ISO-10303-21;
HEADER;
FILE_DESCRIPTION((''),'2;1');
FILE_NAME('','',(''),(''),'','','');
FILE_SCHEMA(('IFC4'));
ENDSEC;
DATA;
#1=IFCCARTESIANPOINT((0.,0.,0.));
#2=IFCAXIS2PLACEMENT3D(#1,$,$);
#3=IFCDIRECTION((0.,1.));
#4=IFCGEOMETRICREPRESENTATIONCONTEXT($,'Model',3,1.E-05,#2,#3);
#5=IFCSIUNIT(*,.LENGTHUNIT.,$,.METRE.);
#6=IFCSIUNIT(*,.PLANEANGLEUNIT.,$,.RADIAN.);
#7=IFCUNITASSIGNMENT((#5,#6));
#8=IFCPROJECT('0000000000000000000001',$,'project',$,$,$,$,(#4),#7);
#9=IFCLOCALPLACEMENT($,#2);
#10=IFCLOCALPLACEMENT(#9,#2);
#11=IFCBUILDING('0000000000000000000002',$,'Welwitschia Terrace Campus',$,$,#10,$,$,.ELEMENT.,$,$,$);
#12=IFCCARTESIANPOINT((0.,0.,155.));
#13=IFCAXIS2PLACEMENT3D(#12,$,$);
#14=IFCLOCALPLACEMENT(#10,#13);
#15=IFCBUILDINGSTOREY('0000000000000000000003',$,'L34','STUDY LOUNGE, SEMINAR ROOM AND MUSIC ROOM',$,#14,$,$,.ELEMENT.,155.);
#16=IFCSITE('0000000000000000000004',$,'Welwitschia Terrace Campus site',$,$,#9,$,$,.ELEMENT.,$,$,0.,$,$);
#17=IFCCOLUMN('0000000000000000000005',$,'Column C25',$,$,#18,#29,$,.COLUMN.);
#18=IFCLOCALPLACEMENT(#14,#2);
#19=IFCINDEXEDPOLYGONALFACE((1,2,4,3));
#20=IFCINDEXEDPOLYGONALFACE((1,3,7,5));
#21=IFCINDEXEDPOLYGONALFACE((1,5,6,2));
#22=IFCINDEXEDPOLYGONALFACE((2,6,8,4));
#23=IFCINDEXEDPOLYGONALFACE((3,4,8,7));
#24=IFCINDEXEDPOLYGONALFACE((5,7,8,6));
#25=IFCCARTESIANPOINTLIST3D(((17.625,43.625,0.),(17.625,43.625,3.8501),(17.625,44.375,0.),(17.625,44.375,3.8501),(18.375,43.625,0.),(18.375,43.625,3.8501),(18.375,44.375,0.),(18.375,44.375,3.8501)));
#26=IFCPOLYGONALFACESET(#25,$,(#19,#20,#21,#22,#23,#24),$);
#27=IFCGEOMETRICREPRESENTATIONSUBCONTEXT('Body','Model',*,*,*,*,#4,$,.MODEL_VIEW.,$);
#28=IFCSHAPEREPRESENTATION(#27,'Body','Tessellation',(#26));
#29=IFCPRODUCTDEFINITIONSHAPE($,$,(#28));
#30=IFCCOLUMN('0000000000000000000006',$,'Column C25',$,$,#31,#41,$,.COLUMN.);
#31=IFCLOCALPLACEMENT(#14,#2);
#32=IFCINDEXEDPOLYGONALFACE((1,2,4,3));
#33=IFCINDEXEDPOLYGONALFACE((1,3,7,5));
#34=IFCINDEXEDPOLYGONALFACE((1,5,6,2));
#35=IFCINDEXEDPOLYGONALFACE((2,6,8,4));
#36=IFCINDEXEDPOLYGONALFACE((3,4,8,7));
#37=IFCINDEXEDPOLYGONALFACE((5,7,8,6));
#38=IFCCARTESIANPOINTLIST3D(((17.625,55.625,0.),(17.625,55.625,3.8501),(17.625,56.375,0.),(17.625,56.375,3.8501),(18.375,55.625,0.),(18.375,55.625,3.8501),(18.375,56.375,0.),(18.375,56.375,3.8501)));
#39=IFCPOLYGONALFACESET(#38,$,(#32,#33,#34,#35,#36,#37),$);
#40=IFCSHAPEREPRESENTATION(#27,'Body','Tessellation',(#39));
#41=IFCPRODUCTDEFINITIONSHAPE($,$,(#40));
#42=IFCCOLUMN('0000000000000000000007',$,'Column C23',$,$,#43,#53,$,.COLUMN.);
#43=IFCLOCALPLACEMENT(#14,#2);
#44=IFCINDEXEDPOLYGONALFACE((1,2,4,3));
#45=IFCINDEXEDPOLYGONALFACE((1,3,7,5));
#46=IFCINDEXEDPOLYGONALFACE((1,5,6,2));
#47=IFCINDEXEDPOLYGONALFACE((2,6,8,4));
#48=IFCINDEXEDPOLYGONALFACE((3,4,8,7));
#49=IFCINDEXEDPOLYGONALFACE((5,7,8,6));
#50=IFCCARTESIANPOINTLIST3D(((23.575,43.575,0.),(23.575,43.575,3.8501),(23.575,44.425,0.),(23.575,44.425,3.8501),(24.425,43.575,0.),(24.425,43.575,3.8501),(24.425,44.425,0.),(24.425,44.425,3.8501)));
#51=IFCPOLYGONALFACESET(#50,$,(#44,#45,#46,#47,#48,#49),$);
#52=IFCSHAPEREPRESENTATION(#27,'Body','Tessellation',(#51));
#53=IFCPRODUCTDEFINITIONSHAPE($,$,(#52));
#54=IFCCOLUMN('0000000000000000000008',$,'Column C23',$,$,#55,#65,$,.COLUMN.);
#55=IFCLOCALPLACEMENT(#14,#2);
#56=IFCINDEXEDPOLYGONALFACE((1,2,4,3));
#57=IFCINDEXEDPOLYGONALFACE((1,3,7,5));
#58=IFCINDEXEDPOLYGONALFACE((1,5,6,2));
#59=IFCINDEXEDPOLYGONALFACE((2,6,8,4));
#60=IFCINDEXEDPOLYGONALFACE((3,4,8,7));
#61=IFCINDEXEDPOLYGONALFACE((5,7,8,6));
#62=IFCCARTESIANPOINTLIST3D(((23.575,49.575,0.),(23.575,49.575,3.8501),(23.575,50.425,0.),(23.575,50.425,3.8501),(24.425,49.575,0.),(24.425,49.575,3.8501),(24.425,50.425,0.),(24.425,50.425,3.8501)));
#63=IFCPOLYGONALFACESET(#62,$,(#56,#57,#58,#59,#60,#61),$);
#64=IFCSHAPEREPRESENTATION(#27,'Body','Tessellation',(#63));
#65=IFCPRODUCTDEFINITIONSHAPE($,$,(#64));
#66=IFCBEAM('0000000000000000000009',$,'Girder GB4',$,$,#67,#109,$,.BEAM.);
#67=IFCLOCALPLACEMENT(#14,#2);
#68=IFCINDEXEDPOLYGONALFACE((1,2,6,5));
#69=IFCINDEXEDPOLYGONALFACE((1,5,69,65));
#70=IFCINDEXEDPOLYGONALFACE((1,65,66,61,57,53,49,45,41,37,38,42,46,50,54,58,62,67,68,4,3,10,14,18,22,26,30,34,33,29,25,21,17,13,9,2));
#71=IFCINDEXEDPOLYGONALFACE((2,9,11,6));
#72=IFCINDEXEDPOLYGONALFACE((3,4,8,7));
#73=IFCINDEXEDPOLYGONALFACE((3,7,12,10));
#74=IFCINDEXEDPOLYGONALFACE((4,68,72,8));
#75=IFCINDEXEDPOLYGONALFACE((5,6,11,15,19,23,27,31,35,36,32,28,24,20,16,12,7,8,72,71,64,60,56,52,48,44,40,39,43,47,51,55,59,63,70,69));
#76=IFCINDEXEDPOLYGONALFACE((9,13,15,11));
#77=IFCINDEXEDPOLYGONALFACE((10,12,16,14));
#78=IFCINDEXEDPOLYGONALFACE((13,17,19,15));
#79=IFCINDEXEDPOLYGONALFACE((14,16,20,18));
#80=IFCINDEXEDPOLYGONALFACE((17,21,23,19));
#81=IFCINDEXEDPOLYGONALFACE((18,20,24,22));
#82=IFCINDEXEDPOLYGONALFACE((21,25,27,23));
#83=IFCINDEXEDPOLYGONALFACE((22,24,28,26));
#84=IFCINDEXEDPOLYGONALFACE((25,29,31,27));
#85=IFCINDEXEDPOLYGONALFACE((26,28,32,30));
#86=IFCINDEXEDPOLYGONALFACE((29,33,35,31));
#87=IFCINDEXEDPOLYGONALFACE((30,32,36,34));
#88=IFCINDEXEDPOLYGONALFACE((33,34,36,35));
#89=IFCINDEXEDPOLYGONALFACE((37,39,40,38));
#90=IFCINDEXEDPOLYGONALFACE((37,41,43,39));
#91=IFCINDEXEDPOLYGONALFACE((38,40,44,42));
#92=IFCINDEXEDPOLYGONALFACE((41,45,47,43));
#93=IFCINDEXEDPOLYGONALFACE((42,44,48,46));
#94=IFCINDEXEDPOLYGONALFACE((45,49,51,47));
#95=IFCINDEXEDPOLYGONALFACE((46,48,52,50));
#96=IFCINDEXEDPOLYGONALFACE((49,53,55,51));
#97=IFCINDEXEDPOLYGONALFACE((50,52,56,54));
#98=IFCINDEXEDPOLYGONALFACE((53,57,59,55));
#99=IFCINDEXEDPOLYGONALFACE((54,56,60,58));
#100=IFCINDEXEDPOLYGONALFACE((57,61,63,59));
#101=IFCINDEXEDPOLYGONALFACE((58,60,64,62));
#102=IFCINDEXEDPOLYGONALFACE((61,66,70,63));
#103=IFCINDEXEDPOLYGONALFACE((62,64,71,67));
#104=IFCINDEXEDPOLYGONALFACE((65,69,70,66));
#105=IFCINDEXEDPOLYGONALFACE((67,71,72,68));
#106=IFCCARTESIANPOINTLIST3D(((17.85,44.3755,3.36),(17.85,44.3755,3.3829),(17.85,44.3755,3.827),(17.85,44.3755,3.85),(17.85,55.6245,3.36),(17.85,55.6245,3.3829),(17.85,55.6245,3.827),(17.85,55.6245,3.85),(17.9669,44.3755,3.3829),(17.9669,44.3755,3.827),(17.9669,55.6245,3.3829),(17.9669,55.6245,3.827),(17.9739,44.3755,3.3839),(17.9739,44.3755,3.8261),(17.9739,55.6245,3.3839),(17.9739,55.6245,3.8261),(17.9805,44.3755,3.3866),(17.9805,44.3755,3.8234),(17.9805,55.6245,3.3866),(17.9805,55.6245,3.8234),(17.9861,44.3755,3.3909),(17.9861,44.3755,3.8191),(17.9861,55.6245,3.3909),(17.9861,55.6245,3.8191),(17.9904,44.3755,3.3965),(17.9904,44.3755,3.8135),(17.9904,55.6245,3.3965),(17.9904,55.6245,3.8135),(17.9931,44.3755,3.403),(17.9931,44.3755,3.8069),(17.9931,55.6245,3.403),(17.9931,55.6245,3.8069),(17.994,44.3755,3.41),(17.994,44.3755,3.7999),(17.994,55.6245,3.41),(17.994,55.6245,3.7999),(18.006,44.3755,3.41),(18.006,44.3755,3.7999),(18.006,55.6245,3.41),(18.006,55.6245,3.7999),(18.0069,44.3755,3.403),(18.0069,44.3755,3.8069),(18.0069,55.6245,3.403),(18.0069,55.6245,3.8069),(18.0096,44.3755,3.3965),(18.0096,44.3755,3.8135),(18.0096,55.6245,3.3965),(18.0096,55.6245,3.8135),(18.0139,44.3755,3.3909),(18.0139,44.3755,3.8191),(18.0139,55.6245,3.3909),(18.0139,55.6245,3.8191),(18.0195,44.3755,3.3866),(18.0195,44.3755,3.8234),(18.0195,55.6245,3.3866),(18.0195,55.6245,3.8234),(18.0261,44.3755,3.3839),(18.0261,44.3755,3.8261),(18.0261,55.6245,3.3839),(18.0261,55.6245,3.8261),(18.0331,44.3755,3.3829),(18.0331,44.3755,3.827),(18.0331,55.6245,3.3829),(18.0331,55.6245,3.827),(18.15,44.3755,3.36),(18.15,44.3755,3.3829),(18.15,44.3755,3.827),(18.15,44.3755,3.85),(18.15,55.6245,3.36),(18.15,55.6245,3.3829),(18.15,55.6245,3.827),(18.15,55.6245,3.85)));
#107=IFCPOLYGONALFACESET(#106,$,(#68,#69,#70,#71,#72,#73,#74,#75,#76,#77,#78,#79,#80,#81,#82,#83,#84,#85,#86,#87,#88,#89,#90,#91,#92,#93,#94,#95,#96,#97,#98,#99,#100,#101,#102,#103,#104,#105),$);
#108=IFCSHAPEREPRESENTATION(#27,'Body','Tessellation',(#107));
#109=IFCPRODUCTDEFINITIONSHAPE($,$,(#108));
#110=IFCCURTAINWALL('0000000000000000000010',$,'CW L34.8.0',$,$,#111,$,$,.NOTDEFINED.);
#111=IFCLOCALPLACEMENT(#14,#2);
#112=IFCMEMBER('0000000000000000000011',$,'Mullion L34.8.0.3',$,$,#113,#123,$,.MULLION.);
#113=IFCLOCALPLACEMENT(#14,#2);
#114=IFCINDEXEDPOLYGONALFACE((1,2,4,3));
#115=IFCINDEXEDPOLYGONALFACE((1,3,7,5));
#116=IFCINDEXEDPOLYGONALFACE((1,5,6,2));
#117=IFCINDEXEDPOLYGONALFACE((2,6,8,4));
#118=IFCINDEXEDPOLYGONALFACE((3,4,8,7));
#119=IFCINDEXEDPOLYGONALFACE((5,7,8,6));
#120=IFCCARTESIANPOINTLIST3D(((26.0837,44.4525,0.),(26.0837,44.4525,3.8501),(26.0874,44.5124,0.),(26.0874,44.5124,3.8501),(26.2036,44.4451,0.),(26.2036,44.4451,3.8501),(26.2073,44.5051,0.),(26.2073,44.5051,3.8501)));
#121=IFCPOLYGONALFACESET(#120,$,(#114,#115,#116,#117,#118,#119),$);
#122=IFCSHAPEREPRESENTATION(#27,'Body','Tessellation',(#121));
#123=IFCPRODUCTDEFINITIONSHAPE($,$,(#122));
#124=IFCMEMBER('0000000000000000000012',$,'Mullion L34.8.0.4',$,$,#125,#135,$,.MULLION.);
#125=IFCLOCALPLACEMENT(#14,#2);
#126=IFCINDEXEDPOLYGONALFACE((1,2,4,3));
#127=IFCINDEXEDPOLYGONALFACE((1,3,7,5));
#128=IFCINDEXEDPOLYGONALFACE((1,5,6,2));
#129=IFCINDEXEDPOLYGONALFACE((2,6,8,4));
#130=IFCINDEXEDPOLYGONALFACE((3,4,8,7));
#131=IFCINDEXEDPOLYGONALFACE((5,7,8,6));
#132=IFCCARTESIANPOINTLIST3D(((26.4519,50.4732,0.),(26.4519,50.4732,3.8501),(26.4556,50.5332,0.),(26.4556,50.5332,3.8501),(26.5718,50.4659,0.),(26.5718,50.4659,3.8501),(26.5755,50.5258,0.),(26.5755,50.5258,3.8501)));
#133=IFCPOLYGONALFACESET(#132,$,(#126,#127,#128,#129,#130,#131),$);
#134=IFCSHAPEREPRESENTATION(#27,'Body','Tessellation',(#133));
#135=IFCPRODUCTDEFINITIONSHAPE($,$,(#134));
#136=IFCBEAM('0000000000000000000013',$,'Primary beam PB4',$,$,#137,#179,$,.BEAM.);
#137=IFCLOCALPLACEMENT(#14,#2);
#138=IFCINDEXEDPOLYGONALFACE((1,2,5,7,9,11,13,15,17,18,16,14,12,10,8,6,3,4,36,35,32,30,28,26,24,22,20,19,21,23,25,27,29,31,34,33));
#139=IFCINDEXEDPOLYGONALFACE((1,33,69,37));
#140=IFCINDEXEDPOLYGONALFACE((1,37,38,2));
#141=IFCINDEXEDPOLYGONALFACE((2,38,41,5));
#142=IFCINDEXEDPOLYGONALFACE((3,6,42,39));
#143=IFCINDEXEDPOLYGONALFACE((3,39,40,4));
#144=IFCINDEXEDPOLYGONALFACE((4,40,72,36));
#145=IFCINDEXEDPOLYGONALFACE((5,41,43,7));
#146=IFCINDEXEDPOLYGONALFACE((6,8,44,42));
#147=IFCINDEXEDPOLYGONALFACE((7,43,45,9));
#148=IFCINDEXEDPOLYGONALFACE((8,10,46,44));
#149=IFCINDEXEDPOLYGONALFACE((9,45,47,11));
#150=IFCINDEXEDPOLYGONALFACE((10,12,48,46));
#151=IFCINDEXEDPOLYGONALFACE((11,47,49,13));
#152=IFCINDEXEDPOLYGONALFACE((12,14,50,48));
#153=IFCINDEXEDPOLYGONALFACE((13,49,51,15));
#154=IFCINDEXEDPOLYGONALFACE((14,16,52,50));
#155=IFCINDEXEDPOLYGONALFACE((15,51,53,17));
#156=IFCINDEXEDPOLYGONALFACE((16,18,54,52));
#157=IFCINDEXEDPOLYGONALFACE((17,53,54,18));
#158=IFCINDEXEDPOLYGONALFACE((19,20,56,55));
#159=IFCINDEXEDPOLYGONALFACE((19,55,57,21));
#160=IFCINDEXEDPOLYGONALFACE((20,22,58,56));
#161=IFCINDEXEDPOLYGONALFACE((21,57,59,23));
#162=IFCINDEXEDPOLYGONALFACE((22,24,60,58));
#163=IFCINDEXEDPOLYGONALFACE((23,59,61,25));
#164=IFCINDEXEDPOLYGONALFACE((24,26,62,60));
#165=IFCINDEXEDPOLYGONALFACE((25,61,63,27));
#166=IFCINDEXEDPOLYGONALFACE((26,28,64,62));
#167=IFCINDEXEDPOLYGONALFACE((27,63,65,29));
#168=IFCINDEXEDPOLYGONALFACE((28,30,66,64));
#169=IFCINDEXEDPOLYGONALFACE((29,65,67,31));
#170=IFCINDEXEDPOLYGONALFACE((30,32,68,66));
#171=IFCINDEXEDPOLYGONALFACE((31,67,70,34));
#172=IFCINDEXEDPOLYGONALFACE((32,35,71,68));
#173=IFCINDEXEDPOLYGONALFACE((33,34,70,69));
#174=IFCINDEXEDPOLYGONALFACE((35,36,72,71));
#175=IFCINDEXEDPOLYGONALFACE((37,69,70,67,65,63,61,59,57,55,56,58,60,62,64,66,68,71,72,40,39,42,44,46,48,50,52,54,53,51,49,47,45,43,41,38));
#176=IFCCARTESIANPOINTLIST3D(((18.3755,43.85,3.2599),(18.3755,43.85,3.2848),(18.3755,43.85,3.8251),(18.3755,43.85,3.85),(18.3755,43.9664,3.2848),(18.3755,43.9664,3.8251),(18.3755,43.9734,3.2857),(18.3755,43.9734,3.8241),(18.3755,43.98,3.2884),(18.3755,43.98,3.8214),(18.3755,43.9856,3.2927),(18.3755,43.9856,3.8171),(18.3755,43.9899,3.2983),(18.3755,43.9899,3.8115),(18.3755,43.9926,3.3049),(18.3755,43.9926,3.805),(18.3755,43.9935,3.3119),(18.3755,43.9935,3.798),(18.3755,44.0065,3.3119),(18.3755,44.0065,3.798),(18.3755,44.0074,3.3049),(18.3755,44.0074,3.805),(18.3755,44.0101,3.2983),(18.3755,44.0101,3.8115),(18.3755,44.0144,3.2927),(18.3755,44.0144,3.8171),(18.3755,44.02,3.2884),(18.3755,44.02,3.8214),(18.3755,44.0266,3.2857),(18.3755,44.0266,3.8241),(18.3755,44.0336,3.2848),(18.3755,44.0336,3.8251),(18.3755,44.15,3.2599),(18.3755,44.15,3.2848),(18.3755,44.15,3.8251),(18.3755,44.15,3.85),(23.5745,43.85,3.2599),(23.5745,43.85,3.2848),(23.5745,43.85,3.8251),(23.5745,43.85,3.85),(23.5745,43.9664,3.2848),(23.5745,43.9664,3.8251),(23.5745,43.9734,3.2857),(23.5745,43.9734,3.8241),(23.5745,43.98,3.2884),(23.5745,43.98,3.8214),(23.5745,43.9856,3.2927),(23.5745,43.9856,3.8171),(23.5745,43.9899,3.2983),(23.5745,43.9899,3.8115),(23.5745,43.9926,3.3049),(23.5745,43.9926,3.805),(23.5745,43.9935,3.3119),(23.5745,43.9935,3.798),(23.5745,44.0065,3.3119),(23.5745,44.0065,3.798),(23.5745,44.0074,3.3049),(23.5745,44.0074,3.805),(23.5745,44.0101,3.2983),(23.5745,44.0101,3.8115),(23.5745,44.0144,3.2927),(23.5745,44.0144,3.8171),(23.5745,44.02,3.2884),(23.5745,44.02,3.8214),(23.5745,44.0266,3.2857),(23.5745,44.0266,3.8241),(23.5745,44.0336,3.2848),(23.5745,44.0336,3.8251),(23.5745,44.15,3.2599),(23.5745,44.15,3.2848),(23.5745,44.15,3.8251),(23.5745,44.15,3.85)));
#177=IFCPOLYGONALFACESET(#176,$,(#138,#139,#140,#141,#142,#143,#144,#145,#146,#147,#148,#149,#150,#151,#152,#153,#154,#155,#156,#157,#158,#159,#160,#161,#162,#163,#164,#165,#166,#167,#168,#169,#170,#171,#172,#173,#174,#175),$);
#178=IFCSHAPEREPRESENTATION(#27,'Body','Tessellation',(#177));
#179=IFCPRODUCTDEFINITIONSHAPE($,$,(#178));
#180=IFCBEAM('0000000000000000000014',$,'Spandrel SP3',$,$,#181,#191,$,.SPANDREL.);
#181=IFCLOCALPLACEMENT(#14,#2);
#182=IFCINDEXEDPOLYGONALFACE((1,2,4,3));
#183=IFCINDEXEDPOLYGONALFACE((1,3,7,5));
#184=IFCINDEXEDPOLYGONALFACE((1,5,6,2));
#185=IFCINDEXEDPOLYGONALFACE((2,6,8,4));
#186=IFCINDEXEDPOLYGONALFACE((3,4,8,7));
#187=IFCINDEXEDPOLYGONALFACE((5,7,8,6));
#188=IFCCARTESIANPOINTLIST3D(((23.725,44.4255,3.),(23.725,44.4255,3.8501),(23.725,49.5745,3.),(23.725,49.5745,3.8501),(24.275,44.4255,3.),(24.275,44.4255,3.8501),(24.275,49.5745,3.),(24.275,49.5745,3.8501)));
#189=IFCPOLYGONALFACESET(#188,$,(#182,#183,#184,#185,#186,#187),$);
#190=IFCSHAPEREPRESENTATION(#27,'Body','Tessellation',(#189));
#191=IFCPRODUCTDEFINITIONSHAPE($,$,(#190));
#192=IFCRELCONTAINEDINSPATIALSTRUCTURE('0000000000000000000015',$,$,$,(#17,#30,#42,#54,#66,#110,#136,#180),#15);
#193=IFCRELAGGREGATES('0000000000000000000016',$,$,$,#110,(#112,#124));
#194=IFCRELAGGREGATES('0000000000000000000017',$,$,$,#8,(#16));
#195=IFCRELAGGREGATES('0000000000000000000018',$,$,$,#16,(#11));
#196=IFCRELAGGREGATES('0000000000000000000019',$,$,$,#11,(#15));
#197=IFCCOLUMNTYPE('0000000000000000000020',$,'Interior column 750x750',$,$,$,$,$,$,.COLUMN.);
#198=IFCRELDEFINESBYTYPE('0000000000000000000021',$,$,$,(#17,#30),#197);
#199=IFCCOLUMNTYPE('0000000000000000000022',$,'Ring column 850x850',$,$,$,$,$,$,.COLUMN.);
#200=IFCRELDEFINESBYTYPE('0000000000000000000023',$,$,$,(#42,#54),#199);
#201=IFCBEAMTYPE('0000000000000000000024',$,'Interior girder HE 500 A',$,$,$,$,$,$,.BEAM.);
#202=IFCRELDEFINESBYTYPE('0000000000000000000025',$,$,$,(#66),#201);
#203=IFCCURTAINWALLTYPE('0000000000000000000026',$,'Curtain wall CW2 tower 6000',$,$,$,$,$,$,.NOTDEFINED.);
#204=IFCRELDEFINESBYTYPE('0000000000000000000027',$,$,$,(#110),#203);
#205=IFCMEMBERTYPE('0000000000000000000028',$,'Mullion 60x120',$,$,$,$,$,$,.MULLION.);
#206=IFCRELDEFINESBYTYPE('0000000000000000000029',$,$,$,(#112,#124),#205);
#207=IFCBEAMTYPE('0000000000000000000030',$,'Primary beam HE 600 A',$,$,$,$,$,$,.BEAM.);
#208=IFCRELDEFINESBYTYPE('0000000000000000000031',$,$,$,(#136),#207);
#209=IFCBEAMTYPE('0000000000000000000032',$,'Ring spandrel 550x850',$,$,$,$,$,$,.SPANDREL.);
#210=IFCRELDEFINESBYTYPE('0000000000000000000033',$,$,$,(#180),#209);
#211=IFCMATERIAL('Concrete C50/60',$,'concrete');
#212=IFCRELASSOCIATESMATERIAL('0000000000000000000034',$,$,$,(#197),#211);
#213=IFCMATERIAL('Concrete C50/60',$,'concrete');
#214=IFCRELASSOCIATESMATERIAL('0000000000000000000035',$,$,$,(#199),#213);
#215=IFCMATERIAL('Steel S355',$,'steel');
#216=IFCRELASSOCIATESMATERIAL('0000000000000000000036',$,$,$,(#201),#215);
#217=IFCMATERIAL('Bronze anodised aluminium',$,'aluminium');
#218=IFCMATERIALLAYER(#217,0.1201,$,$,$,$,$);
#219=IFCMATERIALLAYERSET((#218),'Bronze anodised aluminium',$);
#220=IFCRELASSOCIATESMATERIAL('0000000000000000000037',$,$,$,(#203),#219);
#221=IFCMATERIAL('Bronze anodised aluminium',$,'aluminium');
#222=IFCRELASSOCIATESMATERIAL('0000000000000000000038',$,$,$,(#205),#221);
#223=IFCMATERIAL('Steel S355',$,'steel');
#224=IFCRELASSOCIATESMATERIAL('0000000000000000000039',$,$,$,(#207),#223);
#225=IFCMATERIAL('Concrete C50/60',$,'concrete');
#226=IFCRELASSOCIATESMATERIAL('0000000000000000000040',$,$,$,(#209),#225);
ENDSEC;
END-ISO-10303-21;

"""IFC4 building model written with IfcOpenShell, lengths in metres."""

from ifc_helpers import new_model, si_unit, direction, frame, origin, origin_2d, place, context, subcontext, project, spatial, rectangle, i_section, extrude, material, layer, layer_set, material_profile, profile_set, type_object, element, aggregate, save


model = new_model("IFC4")

# Units and contexts
model_context = context("Model", 3, precision=1e-05, world=origin(), true_north=direction((0.0, 1.0)))
body_context = subcontext(model_context, "Body", "Model", "MODEL_VIEW")
ifc_project = project(units=[si_unit("LENGTHUNIT", "METRE"), si_unit("PLANEANGLEUNIT", "RADIAN")], contexts=[model_context])

# Site, building, storey
site_placement = place(None, origin())
site = spatial("IfcSite", under=ifc_project, at=site_placement, Name="Welwitschia Terrace Campus site", CompositionType="ELEMENT", RefElevation=0.0)
building_placement = place(site_placement, origin())
building = spatial("IfcBuilding", under=site, at=building_placement, Name="Welwitschia Terrace Campus", CompositionType="ELEMENT")
storey_placement = place(building_placement, frame((0.0, 0.0, 155.0)))
storey = spatial("IfcBuildingStorey", under=building, at=storey_placement, Name="L34", Description="STUDY LOUNGE, SEMINAR ROOM AND MUSIC ROOM", CompositionType="ELEMENT", Elevation=155.0)

# Columns
ifc_material_1 = material(Name="Concrete C50/60", Category="concrete")
ifc_material_profile_1 = material_profile(ifc_material_1, rectangle(XDim=0.75, YDim=0.75, at=origin_2d()))
ifc_profile_set_1 = profile_set([ifc_material_profile_1], Name="Concrete C50/60")
column_type_1 = type_object("IfcColumnType", Name="Interior column 750x750", PredefinedType="COLUMN", material=ifc_profile_set_1)
for number, where, z_axis, x_axis, name in (
    (1, (18.0, 44.0, 0.0), (0.0, 0.0, 1.0), (1.0, 0.0, 0.0), "Column C25"),
    (2, (18.0, 56.0, 0.0), (0.0, 0.0, 1.0), (1.0, 0.0, 0.0), "Column C25"),
):
    element("IfcColumn", number, at=place(storey_placement, frame(where, z_axis=z_axis, x_axis=x_axis)), inside=storey, type_object=column_type_1, Name=name, PredefinedType="COLUMN", context=body_context, shape_type="SweptSolid", body=[
        extrude(rectangle(XDim=0.75, YDim=0.75, at=origin_2d()), origin(), (0.0, 0.0, 1.0), 3.8501),
    ])
ifc_material_2 = material(Name="Concrete C50/60", Category="concrete")
ifc_material_profile_2 = material_profile(ifc_material_2, rectangle(XDim=0.8501, YDim=0.8501, at=origin_2d()))
ifc_profile_set_2 = profile_set([ifc_material_profile_2], Name="Concrete C50/60")
column_type_2 = type_object("IfcColumnType", Name="Ring column 850x850", PredefinedType="COLUMN", material=ifc_profile_set_2)
for number, where, z_axis, x_axis, name in (
    (3, (24.0, 44.0, 0.0), (0.0, 0.0, 1.0), (1.0, 0.0, 0.0), "Column C23"),
    (4, (24.0, 50.0, 0.0), (0.0, 0.0, 1.0), (1.0, 0.0, 0.0), "Column C23"),
):
    element("IfcColumn", number, at=place(storey_placement, frame(where, z_axis=z_axis, x_axis=x_axis)), inside=storey, type_object=column_type_2, Name=name, PredefinedType="COLUMN", context=body_context, shape_type="SweptSolid", body=[
        extrude(rectangle(XDim=0.8501, YDim=0.8501, at=origin_2d()), origin(), (0.0, 0.0, 1.0), 3.8501),
    ])

# Beam
ifc_material_3 = material(Name="Steel S355", Category="steel")
ifc_material_profile_3 = material_profile(ifc_material_3, i_section(OverallWidth=0.3, OverallDepth=0.49, WebThickness=0.012, FlangeThickness=0.0229, FilletRadius=0.0271, at=origin_2d()))
ifc_profile_set_3 = profile_set([ifc_material_profile_3], Name="Steel S355")
beam_type_1 = type_object("IfcBeamType", Name="Interior girder HE 500 A", PredefinedType="BEAM", material=ifc_profile_set_3)
beam_1_placement = place(storey_placement, frame((18.0, 44.3755, 3.605), z_axis=(0.0, 1.0, 0.0), x_axis=(-1.0, 0.0, 0.0)))
element("IfcBeam", 5, at=beam_1_placement, inside=storey, type_object=beam_type_1, Name="Girder GB4", PredefinedType="BEAM", context=body_context, shape_type="SweptSolid", body=[
    extrude(i_section(OverallWidth=0.3, OverallDepth=0.49, WebThickness=0.012, FlangeThickness=0.0229, FilletRadius=0.0271, at=origin_2d()), origin(), (0.0, 0.0, 1.0), 11.249),
])

# Curtain wall, members
ifc_material_4 = material(Name="Bronze anodised aluminium", Category="aluminium")
ifc_layer_1 = layer(ifc_material_4, 0.1201)
ifc_layer_set_1 = layer_set([ifc_layer_1], Name="Bronze anodised aluminium")
curtain_wall_type = type_object("IfcCurtainWallType", Name="Curtain wall CW2 tower 6000", PredefinedType="NOTDEFINED", material=ifc_layer_set_1)
curtain_wall_placement = place(storey_placement, origin())
curtain_wall = element("IfcCurtainWall", 6, at=curtain_wall_placement, inside=storey, type_object=curtain_wall_type, Name="CW L34.8.0", PredefinedType="NOTDEFINED")
ifc_material_5 = material(Name="Bronze anodised aluminium", Category="aluminium")
ifc_material_profile_4 = material_profile(ifc_material_5, rectangle(XDim=0.1201, YDim=0.0601, at=origin_2d()))
ifc_profile_set_4 = profile_set([ifc_material_profile_4], Name="Bronze anodised aluminium")
member_type = type_object("IfcMemberType", Name="Mullion 60x120", PredefinedType="MULLION", material=ifc_profile_set_4)
member_1_placement = place(storey_placement, frame((26.1455, 44.4788, 0.0), z_axis=(0.0, 0.0, 1.0), x_axis=(-0.998135, 0.061049, 0.0)))
member_1 = element("IfcMember", 7, at=member_1_placement, type_object=member_type, Name="Mullion L34.8.0.3", PredefinedType="MULLION", context=body_context, shape_type="SweptSolid", body=[
    extrude(rectangle(XDim=0.1201, YDim=0.0601, at=origin_2d()), origin(), (0.0, 0.0, 1.0), 3.8501),
])
member_2_placement = place(storey_placement, frame((26.5137, 50.4995, 0.0), z_axis=(0.0, 0.0, 1.0), x_axis=(-0.998135, 0.061049, 0.0)))
member_2 = element("IfcMember", 8, at=member_2_placement, type_object=member_type, Name="Mullion L34.8.0.4", PredefinedType="MULLION", context=body_context, shape_type="SweptSolid", body=[
    extrude(rectangle(XDim=0.1201, YDim=0.0601, at=origin_2d()), origin(), (0.0, 0.0, 1.0), 3.8501),
])

# Beams
ifc_material_6 = material(Name="Steel S355", Category="steel")
ifc_material_profile_5 = material_profile(ifc_material_6, i_section(OverallWidth=0.3, OverallDepth=0.5901, WebThickness=0.0129, FlangeThickness=0.0249, FilletRadius=0.0271, at=origin_2d()))
ifc_profile_set_5 = profile_set([ifc_material_profile_5], Name="Steel S355")
beam_type_2 = type_object("IfcBeamType", Name="Primary beam HE 600 A", PredefinedType="BEAM", material=ifc_profile_set_5)
beam_2_placement = place(storey_placement, frame((23.5745, 44.0, 3.5549), z_axis=(-1.0, 0.0, 0.0), x_axis=(0.0, -1.0, 0.0)))
element("IfcBeam", 9, at=beam_2_placement, inside=storey, type_object=beam_type_2, Name="Primary beam PB4", PredefinedType="BEAM", context=body_context, shape_type="SweptSolid", body=[
    extrude(i_section(OverallWidth=0.3, OverallDepth=0.5901, WebThickness=0.0129, FlangeThickness=0.0249, FilletRadius=0.0271, at=origin_2d()), origin(), (0.0, 0.0, 1.0), 5.199),
])
ifc_material_7 = material(Name="Concrete C50/60", Category="concrete")
ifc_material_profile_6 = material_profile(ifc_material_7, rectangle(XDim=0.55, YDim=0.8501, at=origin_2d()))
ifc_profile_set_6 = profile_set([ifc_material_profile_6], Name="Concrete C50/60")
beam_type_3 = type_object("IfcBeamType", Name="Ring spandrel 550x850", PredefinedType="SPANDREL", material=ifc_profile_set_6)
for number, where, z_axis, x_axis, name in (
    (10, (24.0, 44.4255, 3.425), (0.0, 1.0, 0.0), (-1.0, 0.0, 0.0), "Spandrel SP3"),
):
    element("IfcBeam", number, at=place(storey_placement, frame(where, z_axis=z_axis, x_axis=x_axis)), inside=storey, type_object=beam_type_3, Name=name, PredefinedType="SPANDREL", context=body_context, shape_type="SweptSolid", body=[
        extrude(rectangle(XDim=0.55, YDim=0.8501, at=origin_2d()), origin(), (0.0, 0.0, 1.0), 5.1489),
    ])

aggregate(curtain_wall, [member_1, member_2])

save(model, "model.ifc")
